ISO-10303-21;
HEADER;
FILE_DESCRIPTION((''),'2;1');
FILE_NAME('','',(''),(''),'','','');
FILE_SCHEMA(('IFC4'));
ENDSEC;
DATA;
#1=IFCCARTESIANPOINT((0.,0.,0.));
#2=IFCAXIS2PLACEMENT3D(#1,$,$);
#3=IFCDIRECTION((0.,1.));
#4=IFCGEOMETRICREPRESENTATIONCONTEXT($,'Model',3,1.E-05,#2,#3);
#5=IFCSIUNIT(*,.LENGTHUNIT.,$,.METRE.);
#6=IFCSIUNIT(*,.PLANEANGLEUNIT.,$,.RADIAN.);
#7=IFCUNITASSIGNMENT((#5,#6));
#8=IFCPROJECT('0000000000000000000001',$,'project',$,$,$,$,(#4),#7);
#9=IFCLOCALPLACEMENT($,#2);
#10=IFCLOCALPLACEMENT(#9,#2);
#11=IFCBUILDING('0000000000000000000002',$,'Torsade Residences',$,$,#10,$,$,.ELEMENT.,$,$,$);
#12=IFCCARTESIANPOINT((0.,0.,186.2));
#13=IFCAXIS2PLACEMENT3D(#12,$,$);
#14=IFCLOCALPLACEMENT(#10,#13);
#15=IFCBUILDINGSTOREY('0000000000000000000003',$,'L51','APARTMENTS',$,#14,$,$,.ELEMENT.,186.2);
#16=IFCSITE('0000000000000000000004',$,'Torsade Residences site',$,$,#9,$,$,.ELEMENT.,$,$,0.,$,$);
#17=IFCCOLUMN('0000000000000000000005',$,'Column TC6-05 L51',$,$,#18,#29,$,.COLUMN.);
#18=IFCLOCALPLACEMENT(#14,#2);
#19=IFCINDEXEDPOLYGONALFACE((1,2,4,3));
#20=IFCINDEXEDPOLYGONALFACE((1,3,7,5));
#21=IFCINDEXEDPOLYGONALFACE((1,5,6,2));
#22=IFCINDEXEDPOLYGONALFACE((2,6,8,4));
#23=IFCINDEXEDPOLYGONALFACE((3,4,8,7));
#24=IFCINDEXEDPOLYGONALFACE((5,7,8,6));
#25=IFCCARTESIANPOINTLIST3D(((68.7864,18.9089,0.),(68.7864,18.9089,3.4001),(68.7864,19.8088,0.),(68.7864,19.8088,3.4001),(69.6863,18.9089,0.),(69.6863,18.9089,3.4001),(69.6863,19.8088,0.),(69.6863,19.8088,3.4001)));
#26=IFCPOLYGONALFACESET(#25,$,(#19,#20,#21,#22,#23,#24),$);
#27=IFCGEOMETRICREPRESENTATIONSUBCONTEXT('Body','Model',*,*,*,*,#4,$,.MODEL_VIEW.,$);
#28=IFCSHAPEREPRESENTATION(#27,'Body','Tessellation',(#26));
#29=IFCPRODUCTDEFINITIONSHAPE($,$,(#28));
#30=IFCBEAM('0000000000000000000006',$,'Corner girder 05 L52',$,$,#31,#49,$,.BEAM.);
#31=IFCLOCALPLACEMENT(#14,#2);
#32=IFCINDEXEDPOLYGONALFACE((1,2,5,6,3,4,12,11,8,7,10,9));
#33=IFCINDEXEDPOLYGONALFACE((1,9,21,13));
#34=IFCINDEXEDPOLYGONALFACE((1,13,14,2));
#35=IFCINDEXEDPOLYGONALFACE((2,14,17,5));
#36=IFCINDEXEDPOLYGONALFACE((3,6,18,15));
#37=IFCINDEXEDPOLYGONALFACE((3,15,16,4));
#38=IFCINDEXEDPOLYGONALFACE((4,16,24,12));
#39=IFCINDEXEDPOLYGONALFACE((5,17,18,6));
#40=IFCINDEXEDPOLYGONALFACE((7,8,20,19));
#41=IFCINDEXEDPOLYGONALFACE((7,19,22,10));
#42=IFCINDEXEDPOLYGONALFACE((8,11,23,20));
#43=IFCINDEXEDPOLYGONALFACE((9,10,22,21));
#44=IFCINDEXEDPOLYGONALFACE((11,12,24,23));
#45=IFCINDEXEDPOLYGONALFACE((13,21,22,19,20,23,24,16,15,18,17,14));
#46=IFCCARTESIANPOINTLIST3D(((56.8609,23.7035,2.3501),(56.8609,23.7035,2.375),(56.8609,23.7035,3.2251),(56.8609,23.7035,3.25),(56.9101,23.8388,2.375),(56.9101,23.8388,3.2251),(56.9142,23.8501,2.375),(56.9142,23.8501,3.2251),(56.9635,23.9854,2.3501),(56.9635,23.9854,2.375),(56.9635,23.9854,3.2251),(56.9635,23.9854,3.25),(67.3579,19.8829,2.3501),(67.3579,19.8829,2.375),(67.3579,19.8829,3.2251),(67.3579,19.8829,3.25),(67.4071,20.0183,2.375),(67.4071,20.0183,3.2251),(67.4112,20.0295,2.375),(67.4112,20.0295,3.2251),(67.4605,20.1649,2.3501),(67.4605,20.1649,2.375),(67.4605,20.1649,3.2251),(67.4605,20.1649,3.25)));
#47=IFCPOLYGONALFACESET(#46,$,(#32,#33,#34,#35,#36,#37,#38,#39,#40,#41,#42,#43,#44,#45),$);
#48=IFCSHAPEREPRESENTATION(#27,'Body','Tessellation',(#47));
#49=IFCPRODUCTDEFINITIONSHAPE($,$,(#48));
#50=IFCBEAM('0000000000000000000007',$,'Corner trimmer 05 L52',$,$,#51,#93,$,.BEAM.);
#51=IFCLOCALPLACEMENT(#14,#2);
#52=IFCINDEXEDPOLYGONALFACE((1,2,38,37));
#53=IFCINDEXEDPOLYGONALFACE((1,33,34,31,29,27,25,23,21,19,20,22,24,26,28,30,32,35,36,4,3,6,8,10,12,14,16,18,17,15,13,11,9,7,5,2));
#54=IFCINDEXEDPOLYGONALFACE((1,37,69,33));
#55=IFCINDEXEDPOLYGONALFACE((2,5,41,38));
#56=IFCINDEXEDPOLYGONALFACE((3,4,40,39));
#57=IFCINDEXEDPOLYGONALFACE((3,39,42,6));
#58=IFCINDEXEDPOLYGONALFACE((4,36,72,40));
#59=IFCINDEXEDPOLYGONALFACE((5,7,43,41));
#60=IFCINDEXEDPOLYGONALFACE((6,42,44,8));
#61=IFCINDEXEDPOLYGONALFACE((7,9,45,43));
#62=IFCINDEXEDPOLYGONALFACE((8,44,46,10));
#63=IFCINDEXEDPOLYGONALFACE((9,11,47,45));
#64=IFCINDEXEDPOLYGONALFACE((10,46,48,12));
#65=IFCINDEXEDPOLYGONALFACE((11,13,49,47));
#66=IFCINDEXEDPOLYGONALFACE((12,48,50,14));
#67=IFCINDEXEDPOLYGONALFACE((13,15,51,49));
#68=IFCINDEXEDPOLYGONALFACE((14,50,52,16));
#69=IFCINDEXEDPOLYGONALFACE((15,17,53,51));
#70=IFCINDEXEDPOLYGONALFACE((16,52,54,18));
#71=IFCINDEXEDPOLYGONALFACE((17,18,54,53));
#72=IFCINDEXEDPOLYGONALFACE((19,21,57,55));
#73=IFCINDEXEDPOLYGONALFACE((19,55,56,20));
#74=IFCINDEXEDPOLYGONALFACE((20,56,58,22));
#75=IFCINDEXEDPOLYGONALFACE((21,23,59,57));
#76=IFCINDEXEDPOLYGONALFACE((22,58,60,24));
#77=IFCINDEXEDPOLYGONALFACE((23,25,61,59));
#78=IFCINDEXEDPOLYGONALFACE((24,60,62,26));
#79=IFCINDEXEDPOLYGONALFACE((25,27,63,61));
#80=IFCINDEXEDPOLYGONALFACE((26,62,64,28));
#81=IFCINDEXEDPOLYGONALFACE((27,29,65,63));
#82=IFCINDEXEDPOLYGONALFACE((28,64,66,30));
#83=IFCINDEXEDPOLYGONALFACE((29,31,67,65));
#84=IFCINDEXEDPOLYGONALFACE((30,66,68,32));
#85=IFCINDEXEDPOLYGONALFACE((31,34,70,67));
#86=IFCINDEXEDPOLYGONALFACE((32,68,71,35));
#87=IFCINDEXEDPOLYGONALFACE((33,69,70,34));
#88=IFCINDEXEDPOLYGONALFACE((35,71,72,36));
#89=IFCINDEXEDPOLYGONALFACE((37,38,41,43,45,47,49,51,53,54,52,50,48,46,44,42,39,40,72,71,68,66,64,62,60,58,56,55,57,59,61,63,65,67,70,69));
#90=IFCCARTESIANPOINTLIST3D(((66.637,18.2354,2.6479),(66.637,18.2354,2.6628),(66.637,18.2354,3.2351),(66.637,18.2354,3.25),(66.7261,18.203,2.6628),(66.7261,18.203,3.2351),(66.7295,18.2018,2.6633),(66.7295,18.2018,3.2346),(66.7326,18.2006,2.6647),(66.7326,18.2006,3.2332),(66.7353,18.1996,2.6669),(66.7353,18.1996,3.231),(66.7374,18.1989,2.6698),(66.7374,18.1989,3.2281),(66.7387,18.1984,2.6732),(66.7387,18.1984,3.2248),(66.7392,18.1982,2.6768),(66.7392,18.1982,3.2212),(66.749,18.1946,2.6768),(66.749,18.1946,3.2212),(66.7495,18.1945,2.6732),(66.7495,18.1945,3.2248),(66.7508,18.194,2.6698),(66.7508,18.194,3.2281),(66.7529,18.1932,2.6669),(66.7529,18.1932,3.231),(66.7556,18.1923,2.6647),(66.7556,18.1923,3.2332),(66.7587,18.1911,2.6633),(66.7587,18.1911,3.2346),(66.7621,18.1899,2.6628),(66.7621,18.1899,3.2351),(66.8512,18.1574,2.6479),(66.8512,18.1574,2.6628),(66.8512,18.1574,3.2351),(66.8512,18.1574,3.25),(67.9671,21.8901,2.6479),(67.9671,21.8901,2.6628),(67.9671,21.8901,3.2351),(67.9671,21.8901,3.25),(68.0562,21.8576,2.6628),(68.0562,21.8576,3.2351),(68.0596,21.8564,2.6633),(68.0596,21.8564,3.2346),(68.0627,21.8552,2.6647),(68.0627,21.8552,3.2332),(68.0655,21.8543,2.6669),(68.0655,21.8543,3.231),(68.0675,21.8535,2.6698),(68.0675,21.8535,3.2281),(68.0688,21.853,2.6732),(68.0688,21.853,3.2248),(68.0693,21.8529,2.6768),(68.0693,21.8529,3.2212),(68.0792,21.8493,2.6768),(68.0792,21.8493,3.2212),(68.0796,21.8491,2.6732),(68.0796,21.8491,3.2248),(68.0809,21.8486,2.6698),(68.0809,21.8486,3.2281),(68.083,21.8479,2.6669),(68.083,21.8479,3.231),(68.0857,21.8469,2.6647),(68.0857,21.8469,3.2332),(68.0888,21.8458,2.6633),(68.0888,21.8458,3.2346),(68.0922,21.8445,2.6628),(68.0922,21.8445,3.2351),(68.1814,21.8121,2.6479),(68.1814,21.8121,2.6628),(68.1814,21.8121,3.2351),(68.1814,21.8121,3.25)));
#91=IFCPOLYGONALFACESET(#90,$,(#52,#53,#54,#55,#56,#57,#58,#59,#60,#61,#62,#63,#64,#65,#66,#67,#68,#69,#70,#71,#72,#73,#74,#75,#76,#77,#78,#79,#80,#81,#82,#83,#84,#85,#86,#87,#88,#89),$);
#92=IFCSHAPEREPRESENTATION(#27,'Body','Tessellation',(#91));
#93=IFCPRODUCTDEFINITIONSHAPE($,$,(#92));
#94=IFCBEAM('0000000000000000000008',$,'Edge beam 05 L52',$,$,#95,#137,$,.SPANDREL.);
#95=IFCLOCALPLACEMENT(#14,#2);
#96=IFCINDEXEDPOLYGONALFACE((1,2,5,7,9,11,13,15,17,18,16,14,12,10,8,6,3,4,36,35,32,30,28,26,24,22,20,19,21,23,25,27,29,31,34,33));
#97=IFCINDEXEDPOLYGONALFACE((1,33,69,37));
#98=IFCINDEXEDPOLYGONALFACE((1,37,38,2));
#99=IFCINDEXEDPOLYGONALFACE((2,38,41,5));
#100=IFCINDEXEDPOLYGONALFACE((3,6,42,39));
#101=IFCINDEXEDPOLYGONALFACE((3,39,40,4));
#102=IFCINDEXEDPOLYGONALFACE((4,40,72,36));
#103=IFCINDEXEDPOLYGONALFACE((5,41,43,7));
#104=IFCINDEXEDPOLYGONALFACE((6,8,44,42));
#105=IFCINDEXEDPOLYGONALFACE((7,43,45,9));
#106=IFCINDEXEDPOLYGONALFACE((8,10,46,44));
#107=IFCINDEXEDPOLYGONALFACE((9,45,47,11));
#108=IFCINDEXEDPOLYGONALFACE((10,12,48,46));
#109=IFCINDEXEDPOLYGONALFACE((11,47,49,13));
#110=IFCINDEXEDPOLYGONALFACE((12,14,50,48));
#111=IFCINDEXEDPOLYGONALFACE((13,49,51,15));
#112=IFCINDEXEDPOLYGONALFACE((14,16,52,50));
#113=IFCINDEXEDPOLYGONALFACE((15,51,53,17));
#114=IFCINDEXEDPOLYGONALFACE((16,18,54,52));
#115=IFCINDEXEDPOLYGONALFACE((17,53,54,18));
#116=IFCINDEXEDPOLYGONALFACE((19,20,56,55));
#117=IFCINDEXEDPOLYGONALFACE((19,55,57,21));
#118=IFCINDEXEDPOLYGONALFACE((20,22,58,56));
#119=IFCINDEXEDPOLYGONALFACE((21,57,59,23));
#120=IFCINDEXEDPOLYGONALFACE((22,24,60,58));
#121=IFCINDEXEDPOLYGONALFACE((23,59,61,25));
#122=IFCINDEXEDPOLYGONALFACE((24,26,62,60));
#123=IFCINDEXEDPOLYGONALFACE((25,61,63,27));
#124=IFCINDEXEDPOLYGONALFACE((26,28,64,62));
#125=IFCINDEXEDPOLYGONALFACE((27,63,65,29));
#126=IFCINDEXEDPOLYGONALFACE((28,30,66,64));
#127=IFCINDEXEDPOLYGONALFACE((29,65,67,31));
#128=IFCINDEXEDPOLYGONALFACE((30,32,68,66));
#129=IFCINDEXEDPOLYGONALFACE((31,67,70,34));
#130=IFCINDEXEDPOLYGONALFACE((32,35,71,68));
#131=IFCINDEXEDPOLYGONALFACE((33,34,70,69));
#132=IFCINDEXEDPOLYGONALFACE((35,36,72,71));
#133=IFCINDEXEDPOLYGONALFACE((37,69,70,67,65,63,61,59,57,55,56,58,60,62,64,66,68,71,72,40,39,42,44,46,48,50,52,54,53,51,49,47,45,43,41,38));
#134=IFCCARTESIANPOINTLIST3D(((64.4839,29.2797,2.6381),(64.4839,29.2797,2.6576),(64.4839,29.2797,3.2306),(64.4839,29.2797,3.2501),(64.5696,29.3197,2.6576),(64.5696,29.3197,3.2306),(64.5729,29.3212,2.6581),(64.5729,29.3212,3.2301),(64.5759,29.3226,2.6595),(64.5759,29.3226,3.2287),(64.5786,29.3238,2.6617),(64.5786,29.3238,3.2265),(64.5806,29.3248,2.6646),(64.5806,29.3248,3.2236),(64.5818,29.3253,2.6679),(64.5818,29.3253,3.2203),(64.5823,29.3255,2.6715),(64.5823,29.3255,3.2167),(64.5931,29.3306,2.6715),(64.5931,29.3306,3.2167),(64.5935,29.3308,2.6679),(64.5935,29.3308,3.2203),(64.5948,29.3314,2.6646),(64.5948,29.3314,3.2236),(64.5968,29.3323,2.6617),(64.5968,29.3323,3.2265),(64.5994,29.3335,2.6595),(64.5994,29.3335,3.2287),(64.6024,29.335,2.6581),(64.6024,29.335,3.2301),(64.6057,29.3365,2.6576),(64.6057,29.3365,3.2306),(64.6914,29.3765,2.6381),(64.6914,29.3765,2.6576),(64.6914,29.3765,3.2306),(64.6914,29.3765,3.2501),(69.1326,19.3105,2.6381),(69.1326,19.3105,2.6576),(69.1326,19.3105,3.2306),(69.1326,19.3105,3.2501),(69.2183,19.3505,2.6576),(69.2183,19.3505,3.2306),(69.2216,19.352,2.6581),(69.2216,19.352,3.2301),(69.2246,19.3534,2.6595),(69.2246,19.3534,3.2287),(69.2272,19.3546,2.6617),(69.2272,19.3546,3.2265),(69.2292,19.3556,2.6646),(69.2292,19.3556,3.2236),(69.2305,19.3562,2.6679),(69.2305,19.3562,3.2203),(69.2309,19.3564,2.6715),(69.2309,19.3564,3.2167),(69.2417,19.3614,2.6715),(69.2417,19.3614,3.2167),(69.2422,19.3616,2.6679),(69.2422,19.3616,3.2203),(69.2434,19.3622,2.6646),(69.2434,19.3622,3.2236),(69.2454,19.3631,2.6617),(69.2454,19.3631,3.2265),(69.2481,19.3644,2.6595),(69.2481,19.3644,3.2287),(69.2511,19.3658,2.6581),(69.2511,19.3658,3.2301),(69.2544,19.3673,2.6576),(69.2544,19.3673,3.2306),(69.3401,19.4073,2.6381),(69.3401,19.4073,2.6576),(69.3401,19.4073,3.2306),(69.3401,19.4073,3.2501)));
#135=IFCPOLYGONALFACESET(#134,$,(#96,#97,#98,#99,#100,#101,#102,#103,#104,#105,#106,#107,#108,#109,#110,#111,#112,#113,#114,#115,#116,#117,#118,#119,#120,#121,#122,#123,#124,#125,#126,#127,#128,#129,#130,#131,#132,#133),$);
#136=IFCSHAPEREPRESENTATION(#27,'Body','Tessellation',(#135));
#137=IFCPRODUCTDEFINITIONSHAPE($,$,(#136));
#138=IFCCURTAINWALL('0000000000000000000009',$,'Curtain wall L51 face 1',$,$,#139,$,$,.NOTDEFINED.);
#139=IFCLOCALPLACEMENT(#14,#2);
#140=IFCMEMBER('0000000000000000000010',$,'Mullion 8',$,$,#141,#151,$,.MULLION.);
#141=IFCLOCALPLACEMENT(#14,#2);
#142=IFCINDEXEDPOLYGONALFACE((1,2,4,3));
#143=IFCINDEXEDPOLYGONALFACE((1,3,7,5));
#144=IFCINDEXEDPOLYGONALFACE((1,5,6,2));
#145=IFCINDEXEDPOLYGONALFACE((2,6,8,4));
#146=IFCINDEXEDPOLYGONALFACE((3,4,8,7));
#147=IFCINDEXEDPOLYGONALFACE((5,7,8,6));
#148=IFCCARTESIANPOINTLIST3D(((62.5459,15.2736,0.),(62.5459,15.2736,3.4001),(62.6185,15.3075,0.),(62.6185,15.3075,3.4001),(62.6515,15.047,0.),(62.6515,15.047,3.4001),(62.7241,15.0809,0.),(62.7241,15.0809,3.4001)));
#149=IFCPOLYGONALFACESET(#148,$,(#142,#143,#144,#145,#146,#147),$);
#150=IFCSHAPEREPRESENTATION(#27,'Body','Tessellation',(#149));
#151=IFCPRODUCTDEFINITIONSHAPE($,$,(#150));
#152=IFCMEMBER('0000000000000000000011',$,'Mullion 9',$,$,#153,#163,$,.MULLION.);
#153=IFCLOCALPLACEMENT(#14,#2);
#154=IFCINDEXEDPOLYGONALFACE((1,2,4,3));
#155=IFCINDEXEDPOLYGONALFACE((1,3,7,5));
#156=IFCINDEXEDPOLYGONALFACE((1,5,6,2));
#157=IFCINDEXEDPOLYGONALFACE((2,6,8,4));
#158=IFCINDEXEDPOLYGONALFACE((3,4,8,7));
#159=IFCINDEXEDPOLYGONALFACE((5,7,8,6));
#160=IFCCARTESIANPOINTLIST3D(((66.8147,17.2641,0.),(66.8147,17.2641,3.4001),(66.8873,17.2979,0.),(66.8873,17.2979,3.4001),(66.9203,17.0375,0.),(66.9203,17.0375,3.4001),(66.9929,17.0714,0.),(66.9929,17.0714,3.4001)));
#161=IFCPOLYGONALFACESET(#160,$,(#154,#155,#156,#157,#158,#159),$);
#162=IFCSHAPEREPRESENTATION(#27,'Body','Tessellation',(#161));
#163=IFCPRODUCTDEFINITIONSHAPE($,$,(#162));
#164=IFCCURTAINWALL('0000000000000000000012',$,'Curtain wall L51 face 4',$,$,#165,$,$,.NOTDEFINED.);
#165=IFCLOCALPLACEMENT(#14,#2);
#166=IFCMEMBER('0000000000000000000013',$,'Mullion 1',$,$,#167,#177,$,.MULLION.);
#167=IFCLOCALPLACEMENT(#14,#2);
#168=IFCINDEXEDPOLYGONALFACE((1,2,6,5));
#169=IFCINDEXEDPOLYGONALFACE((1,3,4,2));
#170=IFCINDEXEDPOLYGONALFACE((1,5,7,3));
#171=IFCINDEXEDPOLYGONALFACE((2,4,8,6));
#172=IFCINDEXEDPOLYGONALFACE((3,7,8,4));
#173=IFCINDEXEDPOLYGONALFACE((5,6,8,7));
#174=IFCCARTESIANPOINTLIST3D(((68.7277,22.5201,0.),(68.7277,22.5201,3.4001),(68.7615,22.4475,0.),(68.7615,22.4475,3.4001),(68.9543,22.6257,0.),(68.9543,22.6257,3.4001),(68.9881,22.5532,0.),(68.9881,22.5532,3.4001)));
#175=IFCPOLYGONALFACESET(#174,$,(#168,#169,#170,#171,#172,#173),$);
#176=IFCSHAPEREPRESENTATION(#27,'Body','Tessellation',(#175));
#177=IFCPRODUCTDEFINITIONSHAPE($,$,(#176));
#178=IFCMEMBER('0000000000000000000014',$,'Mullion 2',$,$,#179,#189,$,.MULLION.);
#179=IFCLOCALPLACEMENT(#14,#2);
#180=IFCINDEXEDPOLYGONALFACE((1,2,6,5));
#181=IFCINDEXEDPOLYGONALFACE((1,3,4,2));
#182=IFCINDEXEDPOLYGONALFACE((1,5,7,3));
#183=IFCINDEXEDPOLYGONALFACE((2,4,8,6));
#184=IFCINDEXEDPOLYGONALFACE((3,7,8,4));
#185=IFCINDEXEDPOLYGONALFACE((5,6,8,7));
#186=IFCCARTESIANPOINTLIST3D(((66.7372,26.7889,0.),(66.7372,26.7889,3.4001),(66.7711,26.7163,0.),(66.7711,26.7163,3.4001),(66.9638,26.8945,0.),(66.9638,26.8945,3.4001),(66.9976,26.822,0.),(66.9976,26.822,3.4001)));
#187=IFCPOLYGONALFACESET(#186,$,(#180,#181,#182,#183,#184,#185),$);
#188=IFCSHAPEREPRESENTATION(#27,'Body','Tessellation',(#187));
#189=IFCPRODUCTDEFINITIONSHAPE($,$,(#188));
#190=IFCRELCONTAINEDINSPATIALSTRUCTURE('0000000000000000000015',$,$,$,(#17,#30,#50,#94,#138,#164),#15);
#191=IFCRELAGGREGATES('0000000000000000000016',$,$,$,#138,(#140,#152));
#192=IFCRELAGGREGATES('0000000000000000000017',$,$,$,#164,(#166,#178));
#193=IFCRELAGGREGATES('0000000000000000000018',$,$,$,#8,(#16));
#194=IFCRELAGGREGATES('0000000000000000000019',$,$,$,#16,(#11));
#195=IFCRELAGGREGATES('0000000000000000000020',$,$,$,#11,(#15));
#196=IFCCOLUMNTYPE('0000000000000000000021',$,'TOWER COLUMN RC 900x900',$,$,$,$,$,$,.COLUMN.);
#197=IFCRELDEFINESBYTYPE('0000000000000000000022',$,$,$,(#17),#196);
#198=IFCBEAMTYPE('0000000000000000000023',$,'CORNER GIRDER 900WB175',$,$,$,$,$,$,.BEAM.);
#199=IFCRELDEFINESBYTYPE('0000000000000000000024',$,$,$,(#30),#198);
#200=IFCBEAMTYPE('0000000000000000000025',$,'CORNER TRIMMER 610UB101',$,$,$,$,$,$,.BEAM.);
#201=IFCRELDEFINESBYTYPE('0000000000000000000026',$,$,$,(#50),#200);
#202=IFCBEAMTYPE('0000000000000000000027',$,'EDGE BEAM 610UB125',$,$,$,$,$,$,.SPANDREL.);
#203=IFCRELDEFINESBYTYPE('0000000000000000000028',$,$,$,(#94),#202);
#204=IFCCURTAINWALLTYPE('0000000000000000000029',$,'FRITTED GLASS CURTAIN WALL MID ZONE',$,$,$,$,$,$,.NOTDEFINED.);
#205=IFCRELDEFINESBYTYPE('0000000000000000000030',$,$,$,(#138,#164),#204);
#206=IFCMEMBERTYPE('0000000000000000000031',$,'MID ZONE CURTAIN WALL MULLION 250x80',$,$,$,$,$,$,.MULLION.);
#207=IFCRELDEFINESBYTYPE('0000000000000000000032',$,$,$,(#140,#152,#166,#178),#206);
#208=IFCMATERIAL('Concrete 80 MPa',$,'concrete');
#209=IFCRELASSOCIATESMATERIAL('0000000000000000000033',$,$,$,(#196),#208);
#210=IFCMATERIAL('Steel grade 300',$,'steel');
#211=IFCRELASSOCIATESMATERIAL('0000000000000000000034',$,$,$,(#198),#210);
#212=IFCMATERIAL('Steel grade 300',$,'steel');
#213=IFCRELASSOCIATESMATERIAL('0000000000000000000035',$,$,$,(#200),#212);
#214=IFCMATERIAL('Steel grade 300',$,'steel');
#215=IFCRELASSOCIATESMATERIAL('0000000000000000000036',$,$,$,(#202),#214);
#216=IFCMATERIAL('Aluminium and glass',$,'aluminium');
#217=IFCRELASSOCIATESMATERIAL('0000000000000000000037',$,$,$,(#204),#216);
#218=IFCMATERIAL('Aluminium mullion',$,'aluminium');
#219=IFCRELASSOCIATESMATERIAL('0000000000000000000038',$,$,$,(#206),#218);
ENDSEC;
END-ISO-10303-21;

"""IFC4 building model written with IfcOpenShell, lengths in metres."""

from ifc_helpers import new_model, si_unit, direction, frame, origin, origin_2d, place, context, subcontext, project, spatial, rectangle, i_section, extrude, material, material_profile, profile_set, type_object, element, aggregate, save


model = new_model("IFC4")

# Units and contexts
model_context = context("Model", 3, precision=1e-05, world=origin(), true_north=direction((0.0, 1.0)))
body_context = subcontext(model_context, "Body", "Model", "MODEL_VIEW")
ifc_project = project(units=[si_unit("LENGTHUNIT", "METRE"), si_unit("PLANEANGLEUNIT", "RADIAN")], contexts=[model_context])

# Site, building, storey
site_placement = place(None, origin())
site = spatial("IfcSite", under=ifc_project, at=site_placement, Name="Torsade Residences site", CompositionType="ELEMENT", RefElevation=0.0)
building_placement = place(site_placement, origin())
building = spatial("IfcBuilding", under=site, at=building_placement, Name="Torsade Residences", CompositionType="ELEMENT")
storey_placement = place(building_placement, frame((0.0, 0.0, 186.2)))
storey = spatial("IfcBuildingStorey", under=building, at=storey_placement, Name="L51", Description="APARTMENTS", CompositionType="ELEMENT", Elevation=186.2)

# Column
ifc_material_1 = material(Name="Concrete 80 MPa", Category="concrete")
ifc_material_profile_1 = material_profile(ifc_material_1, rectangle(XDim=0.8999, YDim=0.8999, at=origin_2d()), Name="RC 900x900")
ifc_profile_set_1 = profile_set([ifc_material_profile_1], Name="Concrete 80 MPa")
column_type = type_object("IfcColumnType", Name="TOWER COLUMN RC 900x900", PredefinedType="COLUMN", material=ifc_profile_set_1)
column_placement = place(storey_placement, frame((69.2363, 19.3589, 0.0), z_axis=(0.0, 0.0, 1.0), x_axis=(1.0, 0.0, 0.0)))
element("IfcColumn", 1, at=column_placement, inside=storey, type_object=column_type, Name="Column TC6-05 L51", PredefinedType="COLUMN", context=body_context, shape_type="SweptSolid", body=[
    extrude(rectangle(XDim=0.8999, YDim=0.8999, at=origin_2d()), origin(), (0.0, 0.0, 1.0), 3.4001),
])

# Beams
ifc_material_2 = material(Name="Steel grade 300", Category="steel")
ifc_material_profile_2 = material_profile(ifc_material_2, i_section(OverallWidth=0.3, OverallDepth=0.8999, WebThickness=0.012, FlangeThickness=0.0249, at=origin_2d()), Name="900WB175")
ifc_profile_set_2 = profile_set([ifc_material_profile_2], Name="Steel grade 300")
beam_type_1 = type_object("IfcBeamType", Name="CORNER GIRDER 900WB175", PredefinedType="BEAM", material=ifc_profile_set_2)
beam_1_placement = place(storey_placement, frame((67.4092, 20.0239, 2.8), z_axis=(-0.939694, 0.342015, 0.0), x_axis=(-0.342015, -0.939694, 0.0)))
element("IfcBeam", 2, at=beam_1_placement, inside=storey, type_object=beam_type_1, Name="Corner girder 05 L52", PredefinedType="BEAM", context=body_context, shape_type="SweptSolid", body=[
    extrude(i_section(OverallWidth=0.3, OverallDepth=0.8999, WebThickness=0.012, FlangeThickness=0.0249, at=origin_2d()), origin(), (0.0, 0.0, 1.0), 11.1707),
])
ifc_material_3 = material(Name="Steel grade 300", Category="steel")
ifc_material_profile_3 = material_profile(ifc_material_3, i_section(OverallWidth=0.228, OverallDepth=0.6021, WebThickness=0.0105, FlangeThickness=0.0149, FilletRadius=0.0139, at=origin_2d()), Name="610UB101")
ifc_profile_set_3 = profile_set([ifc_material_profile_3], Name="Steel grade 300")
beam_type_2 = type_object("IfcBeamType", Name="CORNER TRIMMER 610UB101", PredefinedType="BEAM", material=ifc_profile_set_3)
beam_2_placement = place(storey_placement, frame((68.0742, 21.8511, 2.949), z_axis=(-0.342005, -0.939698, 0.0), x_axis=(0.939698, -0.342005, 0.0)))
element("IfcBeam", 3, at=beam_2_placement, inside=storey, type_object=beam_type_2, Name="Corner trimmer 05 L52", PredefinedType="BEAM", context=body_context, shape_type="SweptSolid", body=[
    extrude(i_section(OverallWidth=0.228, OverallDepth=0.6021, WebThickness=0.0105, FlangeThickness=0.0149, FilletRadius=0.0139, at=origin_2d()), origin(), (0.0, 0.0, 1.0), 3.8892),
])
ifc_material_4 = material(Name="Steel grade 300", Category="steel")
ifc_material_profile_4 = material_profile(ifc_material_4, i_section(OverallWidth=0.229, OverallDepth=0.6121, WebThickness=0.012, FlangeThickness=0.0195, FilletRadius=0.0139, at=origin_2d()), Name="610UB125")
ifc_profile_set_4 = profile_set([ifc_material_profile_4], Name="Steel grade 300")
beam_type_3 = type_object("IfcBeamType", Name="EDGE BEAM 610UB125", PredefinedType="SPANDREL", material=ifc_profile_set_4)
beam_3_placement = place(storey_placement, frame((69.2363, 19.3589, 2.9441), z_axis=(-0.422614, 0.90631, 0.0), x_axis=(-0.90631, -0.422614, 0.0)))
element("IfcBeam", 4, at=beam_3_placement, inside=storey, type_object=beam_type_3, Name="Edge beam 05 L52", PredefinedType="SPANDREL", context=body_context, shape_type="SweptSolid", body=[
    extrude(i_section(OverallWidth=0.229, OverallDepth=0.6121, WebThickness=0.012, FlangeThickness=0.0195, FilletRadius=0.0139, at=origin_2d()), origin(), (0.0, 0.0, 1.0), 10.9998),
])

# Curtain walls, members
ifc_material_5 = material(Name="Aluminium and glass", Category="aluminium")
curtain_wall_type = type_object("IfcCurtainWallType", Name="FRITTED GLASS CURTAIN WALL MID ZONE", PredefinedType="NOTDEFINED", material=ifc_material_5)
curtain_wall_1_placement = place(storey_placement, origin())
curtain_wall_1 = element("IfcCurtainWall", 5, at=curtain_wall_1_placement, inside=storey, type_object=curtain_wall_type, Name="Curtain wall L51 face 1", PredefinedType="NOTDEFINED")
ifc_material_6 = material(Name="Aluminium mullion", Category="aluminium")
ifc_material_profile_5 = material_profile(ifc_material_6, rectangle(XDim=0.25, YDim=0.0801, at=origin_2d()), Name="MID ZONE CURTAIN WALL MULLION 250x80")
ifc_profile_set_5 = profile_set([ifc_material_profile_5], Name="Aluminium mullion")
member_type_1 = type_object("IfcMemberType", Name="MID ZONE CURTAIN WALL MULLION 250x80", PredefinedType="MULLION", material=ifc_profile_set_5)
member_1_placement = place(storey_placement, frame((62.635, 15.1772, 0.0), z_axis=(0.0, 0.0, 1.0), x_axis=(-0.422618, 0.906308, 0.0)))
member_1 = element("IfcMember", 6, at=member_1_placement, type_object=member_type_1, Name="Mullion 8", PredefinedType="MULLION", context=body_context, shape_type="SweptSolid", body=[
    extrude(rectangle(XDim=0.25, YDim=0.0801, at=origin_2d()), origin(), (0.0, 0.0, 1.0), 3.4001),
])
member_2_placement = place(storey_placement, frame((66.9038, 17.1677, 0.0), z_axis=(0.0, 0.0, 1.0), x_axis=(-0.422618, 0.906308, 0.0)))
member_2 = element("IfcMember", 7, at=member_2_placement, type_object=member_type_1, Name="Mullion 9", PredefinedType="MULLION", context=body_context, shape_type="SweptSolid", body=[
    extrude(rectangle(XDim=0.25, YDim=0.0801, at=origin_2d()), origin(), (0.0, 0.0, 1.0), 3.4001),
])
curtain_wall_2_placement = place(storey_placement, origin())
curtain_wall_2 = element("IfcCurtainWall", 8, at=curtain_wall_2_placement, inside=storey, type_object=curtain_wall_type, Name="Curtain wall L51 face 4", PredefinedType="NOTDEFINED")
member_3_placement = place(storey_placement, frame((68.8579, 22.5366, 0.0), z_axis=(0.0, 0.0, 1.0), x_axis=(-0.906308, -0.422618, 0.0)))
member_3 = element("IfcMember", 9, at=member_3_placement, type_object=member_type_1, Name="Mullion 1", PredefinedType="MULLION", context=body_context, shape_type="SweptSolid", body=[
    extrude(rectangle(XDim=0.25, YDim=0.0801, at=origin_2d()), origin(), (0.0, 0.0, 1.0), 3.4001),
])
member_4_placement = place(storey_placement, frame((66.8674, 26.8054, 0.0), z_axis=(0.0, 0.0, 1.0), x_axis=(-0.906308, -0.422618, 0.0)))
member_4 = element("IfcMember", 10, at=member_4_placement, type_object=member_type_1, Name="Mullion 2", PredefinedType="MULLION", context=body_context, shape_type="SweptSolid", body=[
    extrude(rectangle(XDim=0.25, YDim=0.0801, at=origin_2d()), origin(), (0.0, 0.0, 1.0), 3.4001),
])

aggregate(curtain_wall_1, [member_1, member_2])
aggregate(curtain_wall_2, [member_3, member_4])

save(model, "model.ifc")
